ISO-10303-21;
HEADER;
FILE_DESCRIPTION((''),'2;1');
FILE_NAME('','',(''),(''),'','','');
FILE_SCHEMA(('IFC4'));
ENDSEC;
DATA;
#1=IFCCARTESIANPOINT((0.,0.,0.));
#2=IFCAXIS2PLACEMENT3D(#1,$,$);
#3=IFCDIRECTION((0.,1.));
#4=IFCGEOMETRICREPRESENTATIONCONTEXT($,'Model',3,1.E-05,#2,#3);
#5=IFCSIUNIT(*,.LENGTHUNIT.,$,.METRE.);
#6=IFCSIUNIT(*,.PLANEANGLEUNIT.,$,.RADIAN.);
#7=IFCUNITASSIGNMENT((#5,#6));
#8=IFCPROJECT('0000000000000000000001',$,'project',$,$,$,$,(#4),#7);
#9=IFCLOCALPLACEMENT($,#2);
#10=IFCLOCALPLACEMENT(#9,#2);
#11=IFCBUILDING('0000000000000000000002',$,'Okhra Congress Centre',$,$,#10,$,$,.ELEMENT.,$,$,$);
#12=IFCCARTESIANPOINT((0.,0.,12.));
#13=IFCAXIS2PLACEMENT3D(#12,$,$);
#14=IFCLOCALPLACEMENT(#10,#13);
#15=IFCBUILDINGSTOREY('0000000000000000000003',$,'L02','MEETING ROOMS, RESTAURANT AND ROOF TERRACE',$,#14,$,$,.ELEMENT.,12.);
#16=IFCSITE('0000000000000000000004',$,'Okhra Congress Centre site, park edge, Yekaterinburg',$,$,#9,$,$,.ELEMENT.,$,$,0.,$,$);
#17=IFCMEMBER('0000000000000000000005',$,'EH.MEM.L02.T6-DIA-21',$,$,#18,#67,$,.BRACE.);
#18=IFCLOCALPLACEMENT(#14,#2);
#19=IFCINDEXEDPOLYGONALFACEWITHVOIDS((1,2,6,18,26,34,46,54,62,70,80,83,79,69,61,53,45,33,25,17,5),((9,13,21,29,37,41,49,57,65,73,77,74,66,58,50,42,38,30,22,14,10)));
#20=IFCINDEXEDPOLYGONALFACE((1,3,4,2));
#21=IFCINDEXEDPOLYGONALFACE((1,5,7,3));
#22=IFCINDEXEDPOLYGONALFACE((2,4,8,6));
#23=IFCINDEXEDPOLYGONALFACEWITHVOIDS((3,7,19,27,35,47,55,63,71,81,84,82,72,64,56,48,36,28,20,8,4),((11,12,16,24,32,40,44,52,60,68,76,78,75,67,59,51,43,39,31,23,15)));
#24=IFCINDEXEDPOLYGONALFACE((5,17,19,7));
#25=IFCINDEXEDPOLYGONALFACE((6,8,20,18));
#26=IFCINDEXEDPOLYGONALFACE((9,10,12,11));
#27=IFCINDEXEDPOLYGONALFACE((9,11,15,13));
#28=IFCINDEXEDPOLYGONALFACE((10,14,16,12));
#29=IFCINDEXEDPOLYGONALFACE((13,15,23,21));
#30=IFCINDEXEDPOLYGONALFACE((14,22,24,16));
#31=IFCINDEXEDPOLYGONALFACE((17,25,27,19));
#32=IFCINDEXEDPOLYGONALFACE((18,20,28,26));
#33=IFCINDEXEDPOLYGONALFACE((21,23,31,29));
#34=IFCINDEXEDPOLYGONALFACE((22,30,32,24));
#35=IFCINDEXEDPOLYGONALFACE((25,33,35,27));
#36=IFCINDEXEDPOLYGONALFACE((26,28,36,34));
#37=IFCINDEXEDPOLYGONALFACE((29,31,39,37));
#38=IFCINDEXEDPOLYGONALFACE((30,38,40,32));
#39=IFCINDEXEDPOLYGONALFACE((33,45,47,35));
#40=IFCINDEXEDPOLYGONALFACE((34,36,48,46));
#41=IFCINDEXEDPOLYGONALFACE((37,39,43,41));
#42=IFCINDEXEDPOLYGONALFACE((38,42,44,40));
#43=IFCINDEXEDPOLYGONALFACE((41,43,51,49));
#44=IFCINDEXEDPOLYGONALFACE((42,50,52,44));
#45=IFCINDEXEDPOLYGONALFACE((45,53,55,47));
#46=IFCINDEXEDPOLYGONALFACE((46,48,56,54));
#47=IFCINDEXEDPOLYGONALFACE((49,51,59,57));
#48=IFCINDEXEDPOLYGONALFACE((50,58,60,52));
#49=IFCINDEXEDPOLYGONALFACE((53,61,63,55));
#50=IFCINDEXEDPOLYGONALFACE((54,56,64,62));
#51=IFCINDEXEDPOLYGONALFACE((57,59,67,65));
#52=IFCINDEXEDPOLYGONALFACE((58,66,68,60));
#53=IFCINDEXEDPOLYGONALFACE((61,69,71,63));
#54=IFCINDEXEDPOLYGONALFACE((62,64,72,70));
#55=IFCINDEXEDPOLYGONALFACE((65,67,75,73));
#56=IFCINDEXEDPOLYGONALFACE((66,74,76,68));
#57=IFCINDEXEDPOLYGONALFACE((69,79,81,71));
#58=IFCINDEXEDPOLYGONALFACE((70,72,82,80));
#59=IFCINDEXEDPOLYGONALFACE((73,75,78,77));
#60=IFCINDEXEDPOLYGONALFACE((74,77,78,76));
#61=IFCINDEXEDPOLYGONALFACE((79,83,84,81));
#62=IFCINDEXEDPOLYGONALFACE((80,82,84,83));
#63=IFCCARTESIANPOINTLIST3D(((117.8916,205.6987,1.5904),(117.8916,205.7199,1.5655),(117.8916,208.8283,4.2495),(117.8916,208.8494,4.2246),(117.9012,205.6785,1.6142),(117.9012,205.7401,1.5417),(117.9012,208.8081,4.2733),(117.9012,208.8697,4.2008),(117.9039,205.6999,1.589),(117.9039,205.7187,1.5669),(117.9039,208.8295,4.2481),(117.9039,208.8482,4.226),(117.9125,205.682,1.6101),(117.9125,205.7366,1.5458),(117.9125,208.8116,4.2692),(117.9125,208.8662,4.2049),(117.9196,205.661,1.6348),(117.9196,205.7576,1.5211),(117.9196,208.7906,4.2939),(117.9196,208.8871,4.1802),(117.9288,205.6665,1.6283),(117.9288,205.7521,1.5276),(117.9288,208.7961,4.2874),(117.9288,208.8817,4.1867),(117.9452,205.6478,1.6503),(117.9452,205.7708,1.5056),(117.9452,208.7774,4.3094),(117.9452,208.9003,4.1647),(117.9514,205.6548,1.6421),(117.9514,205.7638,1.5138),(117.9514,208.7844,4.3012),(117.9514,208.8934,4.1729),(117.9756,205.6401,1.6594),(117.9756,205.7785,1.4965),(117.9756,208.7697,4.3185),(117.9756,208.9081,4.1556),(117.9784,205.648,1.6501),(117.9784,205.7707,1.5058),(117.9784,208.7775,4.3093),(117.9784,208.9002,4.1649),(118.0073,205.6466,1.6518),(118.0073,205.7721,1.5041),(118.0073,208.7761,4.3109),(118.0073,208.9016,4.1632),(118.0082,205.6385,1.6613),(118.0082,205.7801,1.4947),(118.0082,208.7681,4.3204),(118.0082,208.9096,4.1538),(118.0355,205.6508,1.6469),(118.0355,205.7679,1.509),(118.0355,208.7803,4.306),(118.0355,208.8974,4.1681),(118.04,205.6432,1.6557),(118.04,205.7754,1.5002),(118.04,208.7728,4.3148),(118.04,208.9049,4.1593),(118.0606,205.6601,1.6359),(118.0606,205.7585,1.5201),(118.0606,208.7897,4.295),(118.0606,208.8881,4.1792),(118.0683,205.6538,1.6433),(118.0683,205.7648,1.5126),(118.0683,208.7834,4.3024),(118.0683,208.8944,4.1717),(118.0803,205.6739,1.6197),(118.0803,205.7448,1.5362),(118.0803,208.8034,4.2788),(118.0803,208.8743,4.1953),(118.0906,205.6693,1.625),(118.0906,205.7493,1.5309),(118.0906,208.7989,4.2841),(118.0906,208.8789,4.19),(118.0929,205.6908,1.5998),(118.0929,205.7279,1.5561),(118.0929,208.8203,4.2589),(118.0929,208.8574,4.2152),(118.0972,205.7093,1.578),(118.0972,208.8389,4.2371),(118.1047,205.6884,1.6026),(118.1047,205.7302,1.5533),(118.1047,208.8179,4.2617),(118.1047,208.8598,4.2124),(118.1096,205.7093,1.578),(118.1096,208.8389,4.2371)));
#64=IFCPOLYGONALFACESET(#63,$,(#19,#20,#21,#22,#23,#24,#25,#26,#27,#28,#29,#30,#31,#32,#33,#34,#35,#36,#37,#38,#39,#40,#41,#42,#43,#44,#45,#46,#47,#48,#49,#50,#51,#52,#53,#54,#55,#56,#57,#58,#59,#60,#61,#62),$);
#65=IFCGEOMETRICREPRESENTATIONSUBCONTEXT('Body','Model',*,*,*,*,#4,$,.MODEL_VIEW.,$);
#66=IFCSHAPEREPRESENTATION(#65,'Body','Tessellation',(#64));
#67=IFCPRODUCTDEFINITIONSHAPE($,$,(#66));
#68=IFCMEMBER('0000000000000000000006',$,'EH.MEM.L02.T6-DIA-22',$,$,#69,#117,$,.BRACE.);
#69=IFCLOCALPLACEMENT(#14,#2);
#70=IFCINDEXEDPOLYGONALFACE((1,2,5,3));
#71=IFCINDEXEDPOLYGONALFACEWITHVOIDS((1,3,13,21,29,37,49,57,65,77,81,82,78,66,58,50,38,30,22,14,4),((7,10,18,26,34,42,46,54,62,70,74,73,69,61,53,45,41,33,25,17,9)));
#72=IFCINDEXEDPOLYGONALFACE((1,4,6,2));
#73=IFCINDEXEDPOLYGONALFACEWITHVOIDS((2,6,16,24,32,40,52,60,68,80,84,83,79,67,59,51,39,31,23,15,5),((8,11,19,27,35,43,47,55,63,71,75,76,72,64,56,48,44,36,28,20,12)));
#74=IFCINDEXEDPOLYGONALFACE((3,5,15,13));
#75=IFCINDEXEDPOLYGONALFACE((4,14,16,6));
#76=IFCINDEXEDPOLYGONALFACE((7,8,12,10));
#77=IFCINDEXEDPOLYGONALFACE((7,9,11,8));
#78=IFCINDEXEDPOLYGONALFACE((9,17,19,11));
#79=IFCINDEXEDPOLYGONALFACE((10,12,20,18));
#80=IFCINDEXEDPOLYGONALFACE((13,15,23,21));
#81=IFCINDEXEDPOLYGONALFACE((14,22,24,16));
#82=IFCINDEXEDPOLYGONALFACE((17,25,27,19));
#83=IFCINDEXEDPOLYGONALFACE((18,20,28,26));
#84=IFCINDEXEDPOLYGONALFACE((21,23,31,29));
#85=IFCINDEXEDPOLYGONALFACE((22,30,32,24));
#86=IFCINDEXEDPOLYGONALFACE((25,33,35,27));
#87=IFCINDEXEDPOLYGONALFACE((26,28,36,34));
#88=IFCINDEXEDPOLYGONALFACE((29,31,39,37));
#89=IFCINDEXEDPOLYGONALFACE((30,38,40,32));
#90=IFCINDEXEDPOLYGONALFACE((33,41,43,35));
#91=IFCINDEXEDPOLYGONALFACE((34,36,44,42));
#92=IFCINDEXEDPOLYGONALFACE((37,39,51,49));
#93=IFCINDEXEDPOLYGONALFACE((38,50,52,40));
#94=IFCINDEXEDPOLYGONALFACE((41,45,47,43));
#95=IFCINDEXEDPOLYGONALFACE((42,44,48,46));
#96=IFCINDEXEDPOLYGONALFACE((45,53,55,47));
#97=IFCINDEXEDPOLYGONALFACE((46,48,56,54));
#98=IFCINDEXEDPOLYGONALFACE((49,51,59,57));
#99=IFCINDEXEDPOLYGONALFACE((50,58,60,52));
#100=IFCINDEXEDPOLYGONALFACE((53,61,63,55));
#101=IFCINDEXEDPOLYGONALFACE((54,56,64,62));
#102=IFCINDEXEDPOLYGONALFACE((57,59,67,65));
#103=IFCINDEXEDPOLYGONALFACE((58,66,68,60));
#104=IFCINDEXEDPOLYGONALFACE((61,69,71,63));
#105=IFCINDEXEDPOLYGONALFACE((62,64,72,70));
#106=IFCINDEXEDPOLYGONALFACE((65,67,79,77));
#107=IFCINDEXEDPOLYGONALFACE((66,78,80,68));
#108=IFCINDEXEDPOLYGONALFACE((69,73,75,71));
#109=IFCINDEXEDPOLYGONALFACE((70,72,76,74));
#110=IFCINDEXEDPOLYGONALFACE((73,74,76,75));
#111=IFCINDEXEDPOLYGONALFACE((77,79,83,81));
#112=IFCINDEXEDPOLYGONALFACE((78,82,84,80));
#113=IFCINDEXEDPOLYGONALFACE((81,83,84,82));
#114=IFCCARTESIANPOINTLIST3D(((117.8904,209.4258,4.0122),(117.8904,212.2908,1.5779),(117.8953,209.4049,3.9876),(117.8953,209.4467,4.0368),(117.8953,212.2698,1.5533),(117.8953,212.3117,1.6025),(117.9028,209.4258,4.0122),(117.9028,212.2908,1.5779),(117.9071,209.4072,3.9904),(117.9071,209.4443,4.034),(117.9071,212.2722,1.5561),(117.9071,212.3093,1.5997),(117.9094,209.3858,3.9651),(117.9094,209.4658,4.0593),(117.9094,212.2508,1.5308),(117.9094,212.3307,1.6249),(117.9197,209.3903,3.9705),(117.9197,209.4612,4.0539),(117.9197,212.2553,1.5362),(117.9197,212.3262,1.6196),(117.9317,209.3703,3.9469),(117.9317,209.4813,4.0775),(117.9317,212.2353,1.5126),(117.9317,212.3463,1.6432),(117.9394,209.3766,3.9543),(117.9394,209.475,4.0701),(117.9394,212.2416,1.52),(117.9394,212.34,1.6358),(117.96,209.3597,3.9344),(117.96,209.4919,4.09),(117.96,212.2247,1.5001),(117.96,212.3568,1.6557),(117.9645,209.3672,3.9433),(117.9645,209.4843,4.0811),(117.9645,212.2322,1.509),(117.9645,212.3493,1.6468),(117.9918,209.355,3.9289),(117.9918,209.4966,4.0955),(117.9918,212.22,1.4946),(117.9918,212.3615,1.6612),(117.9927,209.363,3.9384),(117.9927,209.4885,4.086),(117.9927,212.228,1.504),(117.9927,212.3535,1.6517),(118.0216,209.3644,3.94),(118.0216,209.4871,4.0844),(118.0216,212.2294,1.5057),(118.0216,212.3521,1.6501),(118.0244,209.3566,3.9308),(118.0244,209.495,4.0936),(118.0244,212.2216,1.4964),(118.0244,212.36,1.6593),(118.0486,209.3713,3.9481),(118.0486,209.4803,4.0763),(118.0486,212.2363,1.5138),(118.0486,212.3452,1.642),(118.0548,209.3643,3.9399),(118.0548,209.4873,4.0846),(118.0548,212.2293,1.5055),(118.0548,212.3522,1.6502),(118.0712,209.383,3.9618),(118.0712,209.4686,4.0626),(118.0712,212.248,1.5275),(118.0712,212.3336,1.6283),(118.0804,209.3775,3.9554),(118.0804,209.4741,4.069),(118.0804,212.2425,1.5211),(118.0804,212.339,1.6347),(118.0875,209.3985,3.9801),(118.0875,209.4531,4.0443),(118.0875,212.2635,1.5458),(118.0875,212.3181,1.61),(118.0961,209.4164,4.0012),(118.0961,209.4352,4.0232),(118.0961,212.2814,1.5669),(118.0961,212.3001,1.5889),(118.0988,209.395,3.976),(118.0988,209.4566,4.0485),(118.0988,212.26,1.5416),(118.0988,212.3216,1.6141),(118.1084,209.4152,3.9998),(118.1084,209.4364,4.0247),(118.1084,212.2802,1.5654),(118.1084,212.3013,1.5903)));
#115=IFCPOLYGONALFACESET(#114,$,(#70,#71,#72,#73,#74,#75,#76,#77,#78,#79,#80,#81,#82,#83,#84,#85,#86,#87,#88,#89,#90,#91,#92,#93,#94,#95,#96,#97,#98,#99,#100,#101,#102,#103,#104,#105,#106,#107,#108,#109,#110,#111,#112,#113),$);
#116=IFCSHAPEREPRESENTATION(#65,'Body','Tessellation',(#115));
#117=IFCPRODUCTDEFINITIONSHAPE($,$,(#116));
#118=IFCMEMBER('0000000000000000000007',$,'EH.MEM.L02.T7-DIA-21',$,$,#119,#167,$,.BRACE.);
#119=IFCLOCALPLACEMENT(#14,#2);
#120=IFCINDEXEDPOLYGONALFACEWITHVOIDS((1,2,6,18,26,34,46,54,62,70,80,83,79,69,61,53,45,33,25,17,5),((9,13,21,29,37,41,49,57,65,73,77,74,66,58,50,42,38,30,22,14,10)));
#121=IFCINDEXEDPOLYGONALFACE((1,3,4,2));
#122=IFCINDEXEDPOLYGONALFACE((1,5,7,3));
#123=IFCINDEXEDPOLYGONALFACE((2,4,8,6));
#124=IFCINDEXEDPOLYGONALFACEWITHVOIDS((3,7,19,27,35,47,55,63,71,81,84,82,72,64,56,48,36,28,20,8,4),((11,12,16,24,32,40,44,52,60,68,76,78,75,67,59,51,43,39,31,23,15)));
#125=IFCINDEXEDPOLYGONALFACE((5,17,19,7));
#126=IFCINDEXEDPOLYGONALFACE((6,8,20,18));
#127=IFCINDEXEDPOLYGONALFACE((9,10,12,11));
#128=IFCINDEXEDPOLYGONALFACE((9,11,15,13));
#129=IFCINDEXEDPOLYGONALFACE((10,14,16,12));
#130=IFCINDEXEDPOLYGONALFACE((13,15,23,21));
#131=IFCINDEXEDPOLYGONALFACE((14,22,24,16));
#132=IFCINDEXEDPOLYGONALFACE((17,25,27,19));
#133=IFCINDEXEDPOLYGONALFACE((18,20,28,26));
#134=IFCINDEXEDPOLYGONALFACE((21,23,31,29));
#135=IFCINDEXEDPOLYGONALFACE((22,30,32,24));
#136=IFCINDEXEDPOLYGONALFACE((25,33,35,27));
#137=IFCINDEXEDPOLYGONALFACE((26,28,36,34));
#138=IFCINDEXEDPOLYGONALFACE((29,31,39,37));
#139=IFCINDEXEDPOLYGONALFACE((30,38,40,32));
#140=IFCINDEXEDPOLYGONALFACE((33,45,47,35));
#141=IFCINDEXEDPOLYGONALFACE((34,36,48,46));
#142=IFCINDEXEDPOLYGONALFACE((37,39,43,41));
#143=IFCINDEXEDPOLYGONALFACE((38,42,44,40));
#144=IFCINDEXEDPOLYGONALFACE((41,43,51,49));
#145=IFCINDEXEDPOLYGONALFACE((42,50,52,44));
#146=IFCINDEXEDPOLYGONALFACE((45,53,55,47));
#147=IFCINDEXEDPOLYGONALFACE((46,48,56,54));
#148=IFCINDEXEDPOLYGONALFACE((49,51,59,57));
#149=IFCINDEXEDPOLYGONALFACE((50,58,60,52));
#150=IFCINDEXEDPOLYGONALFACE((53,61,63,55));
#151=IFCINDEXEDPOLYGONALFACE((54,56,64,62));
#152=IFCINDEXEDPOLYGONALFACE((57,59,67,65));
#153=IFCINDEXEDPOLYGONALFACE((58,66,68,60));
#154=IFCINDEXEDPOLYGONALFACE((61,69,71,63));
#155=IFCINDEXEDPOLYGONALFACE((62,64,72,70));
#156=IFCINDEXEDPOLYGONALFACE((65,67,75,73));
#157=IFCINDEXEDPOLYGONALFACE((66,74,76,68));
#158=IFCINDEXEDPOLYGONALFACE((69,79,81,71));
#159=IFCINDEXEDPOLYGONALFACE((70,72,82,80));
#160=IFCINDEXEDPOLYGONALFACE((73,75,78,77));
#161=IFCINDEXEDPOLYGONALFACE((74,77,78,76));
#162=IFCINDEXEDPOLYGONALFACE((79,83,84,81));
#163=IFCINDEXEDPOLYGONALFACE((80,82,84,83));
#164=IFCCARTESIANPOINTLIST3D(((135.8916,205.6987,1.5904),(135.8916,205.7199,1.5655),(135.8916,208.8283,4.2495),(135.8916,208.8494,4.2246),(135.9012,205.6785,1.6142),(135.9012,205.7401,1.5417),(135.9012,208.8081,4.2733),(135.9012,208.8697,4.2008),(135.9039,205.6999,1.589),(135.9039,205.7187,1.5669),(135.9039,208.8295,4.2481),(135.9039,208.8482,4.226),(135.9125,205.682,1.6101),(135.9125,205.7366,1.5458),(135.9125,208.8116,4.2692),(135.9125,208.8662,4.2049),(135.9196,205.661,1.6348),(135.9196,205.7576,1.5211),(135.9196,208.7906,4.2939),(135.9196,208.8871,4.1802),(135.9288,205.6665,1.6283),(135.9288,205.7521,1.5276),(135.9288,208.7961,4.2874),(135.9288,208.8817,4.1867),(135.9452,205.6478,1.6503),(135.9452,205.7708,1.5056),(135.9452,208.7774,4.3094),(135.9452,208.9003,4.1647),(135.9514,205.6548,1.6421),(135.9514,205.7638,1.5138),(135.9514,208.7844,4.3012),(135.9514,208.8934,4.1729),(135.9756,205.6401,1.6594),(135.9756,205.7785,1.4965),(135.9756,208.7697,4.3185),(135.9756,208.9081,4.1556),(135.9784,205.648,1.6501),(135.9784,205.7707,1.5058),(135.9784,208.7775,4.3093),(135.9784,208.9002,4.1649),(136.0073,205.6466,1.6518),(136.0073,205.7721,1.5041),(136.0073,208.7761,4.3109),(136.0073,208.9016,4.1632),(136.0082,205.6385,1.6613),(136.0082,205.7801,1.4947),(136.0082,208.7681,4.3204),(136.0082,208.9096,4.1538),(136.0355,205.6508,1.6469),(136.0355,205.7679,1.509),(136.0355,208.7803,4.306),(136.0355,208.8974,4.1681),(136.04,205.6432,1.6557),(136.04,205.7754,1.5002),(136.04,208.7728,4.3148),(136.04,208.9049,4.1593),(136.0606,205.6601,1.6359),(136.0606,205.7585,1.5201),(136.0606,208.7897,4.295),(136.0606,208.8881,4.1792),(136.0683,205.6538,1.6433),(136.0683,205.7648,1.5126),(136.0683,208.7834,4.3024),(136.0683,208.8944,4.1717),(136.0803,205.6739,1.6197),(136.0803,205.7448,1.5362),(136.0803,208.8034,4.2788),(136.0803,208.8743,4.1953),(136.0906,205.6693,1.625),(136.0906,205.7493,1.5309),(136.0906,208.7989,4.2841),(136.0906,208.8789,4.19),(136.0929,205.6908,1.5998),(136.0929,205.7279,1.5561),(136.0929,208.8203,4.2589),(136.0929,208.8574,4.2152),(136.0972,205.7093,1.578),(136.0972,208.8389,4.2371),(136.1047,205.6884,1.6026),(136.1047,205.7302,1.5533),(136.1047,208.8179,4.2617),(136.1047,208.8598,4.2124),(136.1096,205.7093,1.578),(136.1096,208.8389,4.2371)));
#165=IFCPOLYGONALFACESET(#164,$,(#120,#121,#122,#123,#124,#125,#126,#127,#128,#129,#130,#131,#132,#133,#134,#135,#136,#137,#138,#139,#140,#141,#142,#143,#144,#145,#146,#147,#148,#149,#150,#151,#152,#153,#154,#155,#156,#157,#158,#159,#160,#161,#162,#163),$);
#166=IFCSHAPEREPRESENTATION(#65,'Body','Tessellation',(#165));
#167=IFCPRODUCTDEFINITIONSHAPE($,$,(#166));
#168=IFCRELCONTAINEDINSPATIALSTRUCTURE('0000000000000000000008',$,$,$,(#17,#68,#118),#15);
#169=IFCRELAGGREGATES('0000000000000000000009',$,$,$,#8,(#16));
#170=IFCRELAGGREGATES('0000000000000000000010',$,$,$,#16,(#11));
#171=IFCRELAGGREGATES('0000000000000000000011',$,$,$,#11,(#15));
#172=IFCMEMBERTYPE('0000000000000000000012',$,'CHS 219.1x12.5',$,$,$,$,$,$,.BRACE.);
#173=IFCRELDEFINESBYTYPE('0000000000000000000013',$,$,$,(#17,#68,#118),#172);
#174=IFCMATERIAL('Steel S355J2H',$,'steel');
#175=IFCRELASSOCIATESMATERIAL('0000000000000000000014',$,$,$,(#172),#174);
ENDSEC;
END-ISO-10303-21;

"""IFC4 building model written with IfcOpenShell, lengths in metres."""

from ifc_helpers import new_model, si_unit, direction, frame, origin, origin_2d, place, context, subcontext, project, spatial, hollow_circle, extrude, material, material_profile, profile_set, type_object, element, save


model = new_model("IFC4")

# Units and contexts
model_context = context("Model", 3, precision=1e-05, world=origin(), true_north=direction((0.0, 1.0)))
body_context = subcontext(model_context, "Body", "Model", "MODEL_VIEW")
ifc_project = project(units=[si_unit("LENGTHUNIT", "METRE"), si_unit("PLANEANGLEUNIT", "RADIAN")], contexts=[model_context])

# Site, building, storey
site_placement = place(None, origin())
site = spatial("IfcSite", under=ifc_project, at=site_placement, Name="Okhra Congress Centre site, park edge, Yekaterinburg", CompositionType="ELEMENT", RefElevation=0.0)
building_placement = place(site_placement, origin())
building = spatial("IfcBuilding", under=site, at=building_placement, Name="Okhra Congress Centre", CompositionType="ELEMENT")
storey_placement = place(building_placement, frame((0.0, 0.0, 12.0)))
storey = spatial("IfcBuildingStorey", under=building, at=storey_placement, Name="L02", Description="MEETING ROOMS, RESTAURANT AND ROOF TERRACE", CompositionType="ELEMENT", Elevation=12.0)

# Members
ifc_material_1 = material(Name="Steel S355J2H", Category="steel")
ifc_material_profile_1 = material_profile(ifc_material_1, hollow_circle(Radius=0.1096, WallThickness=0.0125, at=origin_2d()), Name="CHS 219.1x12.5")
ifc_profile_set_1 = profile_set([ifc_material_profile_1], Name="Steel S355J2H")
member_type_1 = type_object("IfcMemberType", Name="CHS 219.1x12.5", PredefinedType="BRACE", material=ifc_profile_set_1)
member_1_placement = place(storey_placement, frame((118.0, 208.8389, 4.2371), z_axis=(0.0, -0.762061, -0.647505), x_axis=(1.0, 0.0, 0.0)))
element("IfcMember", 1, at=member_1_placement, inside=storey, type_object=member_type_1, Name="EH.MEM.L02.T6-DIA-21", PredefinedType="BRACE", context=body_context, shape_type="SweptSolid", body=[
    extrude(hollow_circle(Radius=0.1096, WallThickness=0.0125, at=origin_2d()), origin(), (0.0, 0.0, 1.0), 4.1067),
])
member_2_placement = place(storey_placement, frame((118.0, 209.4258, 4.0122), z_axis=(0.0, 0.762059, -0.647507), x_axis=(-1.0, 0.0, 0.0)))
element("IfcMember", 2, at=member_2_placement, inside=storey, type_object=member_type_1, Name="EH.MEM.L02.T6-DIA-22", PredefinedType="BRACE", context=body_context, shape_type="SweptSolid", body=[
    extrude(hollow_circle(Radius=0.1096, WallThickness=0.0125, at=origin_2d()), origin(), (0.0, 0.0, 1.0), 3.7595),
])
member_3_placement = place(storey_placement, frame((136.0, 208.8389, 4.2371), z_axis=(0.0, -0.762061, -0.647505), x_axis=(1.0, 0.0, 0.0)))
element("IfcMember", 3, at=member_3_placement, inside=storey, type_object=member_type_1, Name="EH.MEM.L02.T7-DIA-21", PredefinedType="BRACE", context=body_context, shape_type="SweptSolid", body=[
    extrude(hollow_circle(Radius=0.1096, WallThickness=0.0125, at=origin_2d()), origin(), (0.0, 0.0, 1.0), 4.1067),
])

save(model, "model.ifc")
